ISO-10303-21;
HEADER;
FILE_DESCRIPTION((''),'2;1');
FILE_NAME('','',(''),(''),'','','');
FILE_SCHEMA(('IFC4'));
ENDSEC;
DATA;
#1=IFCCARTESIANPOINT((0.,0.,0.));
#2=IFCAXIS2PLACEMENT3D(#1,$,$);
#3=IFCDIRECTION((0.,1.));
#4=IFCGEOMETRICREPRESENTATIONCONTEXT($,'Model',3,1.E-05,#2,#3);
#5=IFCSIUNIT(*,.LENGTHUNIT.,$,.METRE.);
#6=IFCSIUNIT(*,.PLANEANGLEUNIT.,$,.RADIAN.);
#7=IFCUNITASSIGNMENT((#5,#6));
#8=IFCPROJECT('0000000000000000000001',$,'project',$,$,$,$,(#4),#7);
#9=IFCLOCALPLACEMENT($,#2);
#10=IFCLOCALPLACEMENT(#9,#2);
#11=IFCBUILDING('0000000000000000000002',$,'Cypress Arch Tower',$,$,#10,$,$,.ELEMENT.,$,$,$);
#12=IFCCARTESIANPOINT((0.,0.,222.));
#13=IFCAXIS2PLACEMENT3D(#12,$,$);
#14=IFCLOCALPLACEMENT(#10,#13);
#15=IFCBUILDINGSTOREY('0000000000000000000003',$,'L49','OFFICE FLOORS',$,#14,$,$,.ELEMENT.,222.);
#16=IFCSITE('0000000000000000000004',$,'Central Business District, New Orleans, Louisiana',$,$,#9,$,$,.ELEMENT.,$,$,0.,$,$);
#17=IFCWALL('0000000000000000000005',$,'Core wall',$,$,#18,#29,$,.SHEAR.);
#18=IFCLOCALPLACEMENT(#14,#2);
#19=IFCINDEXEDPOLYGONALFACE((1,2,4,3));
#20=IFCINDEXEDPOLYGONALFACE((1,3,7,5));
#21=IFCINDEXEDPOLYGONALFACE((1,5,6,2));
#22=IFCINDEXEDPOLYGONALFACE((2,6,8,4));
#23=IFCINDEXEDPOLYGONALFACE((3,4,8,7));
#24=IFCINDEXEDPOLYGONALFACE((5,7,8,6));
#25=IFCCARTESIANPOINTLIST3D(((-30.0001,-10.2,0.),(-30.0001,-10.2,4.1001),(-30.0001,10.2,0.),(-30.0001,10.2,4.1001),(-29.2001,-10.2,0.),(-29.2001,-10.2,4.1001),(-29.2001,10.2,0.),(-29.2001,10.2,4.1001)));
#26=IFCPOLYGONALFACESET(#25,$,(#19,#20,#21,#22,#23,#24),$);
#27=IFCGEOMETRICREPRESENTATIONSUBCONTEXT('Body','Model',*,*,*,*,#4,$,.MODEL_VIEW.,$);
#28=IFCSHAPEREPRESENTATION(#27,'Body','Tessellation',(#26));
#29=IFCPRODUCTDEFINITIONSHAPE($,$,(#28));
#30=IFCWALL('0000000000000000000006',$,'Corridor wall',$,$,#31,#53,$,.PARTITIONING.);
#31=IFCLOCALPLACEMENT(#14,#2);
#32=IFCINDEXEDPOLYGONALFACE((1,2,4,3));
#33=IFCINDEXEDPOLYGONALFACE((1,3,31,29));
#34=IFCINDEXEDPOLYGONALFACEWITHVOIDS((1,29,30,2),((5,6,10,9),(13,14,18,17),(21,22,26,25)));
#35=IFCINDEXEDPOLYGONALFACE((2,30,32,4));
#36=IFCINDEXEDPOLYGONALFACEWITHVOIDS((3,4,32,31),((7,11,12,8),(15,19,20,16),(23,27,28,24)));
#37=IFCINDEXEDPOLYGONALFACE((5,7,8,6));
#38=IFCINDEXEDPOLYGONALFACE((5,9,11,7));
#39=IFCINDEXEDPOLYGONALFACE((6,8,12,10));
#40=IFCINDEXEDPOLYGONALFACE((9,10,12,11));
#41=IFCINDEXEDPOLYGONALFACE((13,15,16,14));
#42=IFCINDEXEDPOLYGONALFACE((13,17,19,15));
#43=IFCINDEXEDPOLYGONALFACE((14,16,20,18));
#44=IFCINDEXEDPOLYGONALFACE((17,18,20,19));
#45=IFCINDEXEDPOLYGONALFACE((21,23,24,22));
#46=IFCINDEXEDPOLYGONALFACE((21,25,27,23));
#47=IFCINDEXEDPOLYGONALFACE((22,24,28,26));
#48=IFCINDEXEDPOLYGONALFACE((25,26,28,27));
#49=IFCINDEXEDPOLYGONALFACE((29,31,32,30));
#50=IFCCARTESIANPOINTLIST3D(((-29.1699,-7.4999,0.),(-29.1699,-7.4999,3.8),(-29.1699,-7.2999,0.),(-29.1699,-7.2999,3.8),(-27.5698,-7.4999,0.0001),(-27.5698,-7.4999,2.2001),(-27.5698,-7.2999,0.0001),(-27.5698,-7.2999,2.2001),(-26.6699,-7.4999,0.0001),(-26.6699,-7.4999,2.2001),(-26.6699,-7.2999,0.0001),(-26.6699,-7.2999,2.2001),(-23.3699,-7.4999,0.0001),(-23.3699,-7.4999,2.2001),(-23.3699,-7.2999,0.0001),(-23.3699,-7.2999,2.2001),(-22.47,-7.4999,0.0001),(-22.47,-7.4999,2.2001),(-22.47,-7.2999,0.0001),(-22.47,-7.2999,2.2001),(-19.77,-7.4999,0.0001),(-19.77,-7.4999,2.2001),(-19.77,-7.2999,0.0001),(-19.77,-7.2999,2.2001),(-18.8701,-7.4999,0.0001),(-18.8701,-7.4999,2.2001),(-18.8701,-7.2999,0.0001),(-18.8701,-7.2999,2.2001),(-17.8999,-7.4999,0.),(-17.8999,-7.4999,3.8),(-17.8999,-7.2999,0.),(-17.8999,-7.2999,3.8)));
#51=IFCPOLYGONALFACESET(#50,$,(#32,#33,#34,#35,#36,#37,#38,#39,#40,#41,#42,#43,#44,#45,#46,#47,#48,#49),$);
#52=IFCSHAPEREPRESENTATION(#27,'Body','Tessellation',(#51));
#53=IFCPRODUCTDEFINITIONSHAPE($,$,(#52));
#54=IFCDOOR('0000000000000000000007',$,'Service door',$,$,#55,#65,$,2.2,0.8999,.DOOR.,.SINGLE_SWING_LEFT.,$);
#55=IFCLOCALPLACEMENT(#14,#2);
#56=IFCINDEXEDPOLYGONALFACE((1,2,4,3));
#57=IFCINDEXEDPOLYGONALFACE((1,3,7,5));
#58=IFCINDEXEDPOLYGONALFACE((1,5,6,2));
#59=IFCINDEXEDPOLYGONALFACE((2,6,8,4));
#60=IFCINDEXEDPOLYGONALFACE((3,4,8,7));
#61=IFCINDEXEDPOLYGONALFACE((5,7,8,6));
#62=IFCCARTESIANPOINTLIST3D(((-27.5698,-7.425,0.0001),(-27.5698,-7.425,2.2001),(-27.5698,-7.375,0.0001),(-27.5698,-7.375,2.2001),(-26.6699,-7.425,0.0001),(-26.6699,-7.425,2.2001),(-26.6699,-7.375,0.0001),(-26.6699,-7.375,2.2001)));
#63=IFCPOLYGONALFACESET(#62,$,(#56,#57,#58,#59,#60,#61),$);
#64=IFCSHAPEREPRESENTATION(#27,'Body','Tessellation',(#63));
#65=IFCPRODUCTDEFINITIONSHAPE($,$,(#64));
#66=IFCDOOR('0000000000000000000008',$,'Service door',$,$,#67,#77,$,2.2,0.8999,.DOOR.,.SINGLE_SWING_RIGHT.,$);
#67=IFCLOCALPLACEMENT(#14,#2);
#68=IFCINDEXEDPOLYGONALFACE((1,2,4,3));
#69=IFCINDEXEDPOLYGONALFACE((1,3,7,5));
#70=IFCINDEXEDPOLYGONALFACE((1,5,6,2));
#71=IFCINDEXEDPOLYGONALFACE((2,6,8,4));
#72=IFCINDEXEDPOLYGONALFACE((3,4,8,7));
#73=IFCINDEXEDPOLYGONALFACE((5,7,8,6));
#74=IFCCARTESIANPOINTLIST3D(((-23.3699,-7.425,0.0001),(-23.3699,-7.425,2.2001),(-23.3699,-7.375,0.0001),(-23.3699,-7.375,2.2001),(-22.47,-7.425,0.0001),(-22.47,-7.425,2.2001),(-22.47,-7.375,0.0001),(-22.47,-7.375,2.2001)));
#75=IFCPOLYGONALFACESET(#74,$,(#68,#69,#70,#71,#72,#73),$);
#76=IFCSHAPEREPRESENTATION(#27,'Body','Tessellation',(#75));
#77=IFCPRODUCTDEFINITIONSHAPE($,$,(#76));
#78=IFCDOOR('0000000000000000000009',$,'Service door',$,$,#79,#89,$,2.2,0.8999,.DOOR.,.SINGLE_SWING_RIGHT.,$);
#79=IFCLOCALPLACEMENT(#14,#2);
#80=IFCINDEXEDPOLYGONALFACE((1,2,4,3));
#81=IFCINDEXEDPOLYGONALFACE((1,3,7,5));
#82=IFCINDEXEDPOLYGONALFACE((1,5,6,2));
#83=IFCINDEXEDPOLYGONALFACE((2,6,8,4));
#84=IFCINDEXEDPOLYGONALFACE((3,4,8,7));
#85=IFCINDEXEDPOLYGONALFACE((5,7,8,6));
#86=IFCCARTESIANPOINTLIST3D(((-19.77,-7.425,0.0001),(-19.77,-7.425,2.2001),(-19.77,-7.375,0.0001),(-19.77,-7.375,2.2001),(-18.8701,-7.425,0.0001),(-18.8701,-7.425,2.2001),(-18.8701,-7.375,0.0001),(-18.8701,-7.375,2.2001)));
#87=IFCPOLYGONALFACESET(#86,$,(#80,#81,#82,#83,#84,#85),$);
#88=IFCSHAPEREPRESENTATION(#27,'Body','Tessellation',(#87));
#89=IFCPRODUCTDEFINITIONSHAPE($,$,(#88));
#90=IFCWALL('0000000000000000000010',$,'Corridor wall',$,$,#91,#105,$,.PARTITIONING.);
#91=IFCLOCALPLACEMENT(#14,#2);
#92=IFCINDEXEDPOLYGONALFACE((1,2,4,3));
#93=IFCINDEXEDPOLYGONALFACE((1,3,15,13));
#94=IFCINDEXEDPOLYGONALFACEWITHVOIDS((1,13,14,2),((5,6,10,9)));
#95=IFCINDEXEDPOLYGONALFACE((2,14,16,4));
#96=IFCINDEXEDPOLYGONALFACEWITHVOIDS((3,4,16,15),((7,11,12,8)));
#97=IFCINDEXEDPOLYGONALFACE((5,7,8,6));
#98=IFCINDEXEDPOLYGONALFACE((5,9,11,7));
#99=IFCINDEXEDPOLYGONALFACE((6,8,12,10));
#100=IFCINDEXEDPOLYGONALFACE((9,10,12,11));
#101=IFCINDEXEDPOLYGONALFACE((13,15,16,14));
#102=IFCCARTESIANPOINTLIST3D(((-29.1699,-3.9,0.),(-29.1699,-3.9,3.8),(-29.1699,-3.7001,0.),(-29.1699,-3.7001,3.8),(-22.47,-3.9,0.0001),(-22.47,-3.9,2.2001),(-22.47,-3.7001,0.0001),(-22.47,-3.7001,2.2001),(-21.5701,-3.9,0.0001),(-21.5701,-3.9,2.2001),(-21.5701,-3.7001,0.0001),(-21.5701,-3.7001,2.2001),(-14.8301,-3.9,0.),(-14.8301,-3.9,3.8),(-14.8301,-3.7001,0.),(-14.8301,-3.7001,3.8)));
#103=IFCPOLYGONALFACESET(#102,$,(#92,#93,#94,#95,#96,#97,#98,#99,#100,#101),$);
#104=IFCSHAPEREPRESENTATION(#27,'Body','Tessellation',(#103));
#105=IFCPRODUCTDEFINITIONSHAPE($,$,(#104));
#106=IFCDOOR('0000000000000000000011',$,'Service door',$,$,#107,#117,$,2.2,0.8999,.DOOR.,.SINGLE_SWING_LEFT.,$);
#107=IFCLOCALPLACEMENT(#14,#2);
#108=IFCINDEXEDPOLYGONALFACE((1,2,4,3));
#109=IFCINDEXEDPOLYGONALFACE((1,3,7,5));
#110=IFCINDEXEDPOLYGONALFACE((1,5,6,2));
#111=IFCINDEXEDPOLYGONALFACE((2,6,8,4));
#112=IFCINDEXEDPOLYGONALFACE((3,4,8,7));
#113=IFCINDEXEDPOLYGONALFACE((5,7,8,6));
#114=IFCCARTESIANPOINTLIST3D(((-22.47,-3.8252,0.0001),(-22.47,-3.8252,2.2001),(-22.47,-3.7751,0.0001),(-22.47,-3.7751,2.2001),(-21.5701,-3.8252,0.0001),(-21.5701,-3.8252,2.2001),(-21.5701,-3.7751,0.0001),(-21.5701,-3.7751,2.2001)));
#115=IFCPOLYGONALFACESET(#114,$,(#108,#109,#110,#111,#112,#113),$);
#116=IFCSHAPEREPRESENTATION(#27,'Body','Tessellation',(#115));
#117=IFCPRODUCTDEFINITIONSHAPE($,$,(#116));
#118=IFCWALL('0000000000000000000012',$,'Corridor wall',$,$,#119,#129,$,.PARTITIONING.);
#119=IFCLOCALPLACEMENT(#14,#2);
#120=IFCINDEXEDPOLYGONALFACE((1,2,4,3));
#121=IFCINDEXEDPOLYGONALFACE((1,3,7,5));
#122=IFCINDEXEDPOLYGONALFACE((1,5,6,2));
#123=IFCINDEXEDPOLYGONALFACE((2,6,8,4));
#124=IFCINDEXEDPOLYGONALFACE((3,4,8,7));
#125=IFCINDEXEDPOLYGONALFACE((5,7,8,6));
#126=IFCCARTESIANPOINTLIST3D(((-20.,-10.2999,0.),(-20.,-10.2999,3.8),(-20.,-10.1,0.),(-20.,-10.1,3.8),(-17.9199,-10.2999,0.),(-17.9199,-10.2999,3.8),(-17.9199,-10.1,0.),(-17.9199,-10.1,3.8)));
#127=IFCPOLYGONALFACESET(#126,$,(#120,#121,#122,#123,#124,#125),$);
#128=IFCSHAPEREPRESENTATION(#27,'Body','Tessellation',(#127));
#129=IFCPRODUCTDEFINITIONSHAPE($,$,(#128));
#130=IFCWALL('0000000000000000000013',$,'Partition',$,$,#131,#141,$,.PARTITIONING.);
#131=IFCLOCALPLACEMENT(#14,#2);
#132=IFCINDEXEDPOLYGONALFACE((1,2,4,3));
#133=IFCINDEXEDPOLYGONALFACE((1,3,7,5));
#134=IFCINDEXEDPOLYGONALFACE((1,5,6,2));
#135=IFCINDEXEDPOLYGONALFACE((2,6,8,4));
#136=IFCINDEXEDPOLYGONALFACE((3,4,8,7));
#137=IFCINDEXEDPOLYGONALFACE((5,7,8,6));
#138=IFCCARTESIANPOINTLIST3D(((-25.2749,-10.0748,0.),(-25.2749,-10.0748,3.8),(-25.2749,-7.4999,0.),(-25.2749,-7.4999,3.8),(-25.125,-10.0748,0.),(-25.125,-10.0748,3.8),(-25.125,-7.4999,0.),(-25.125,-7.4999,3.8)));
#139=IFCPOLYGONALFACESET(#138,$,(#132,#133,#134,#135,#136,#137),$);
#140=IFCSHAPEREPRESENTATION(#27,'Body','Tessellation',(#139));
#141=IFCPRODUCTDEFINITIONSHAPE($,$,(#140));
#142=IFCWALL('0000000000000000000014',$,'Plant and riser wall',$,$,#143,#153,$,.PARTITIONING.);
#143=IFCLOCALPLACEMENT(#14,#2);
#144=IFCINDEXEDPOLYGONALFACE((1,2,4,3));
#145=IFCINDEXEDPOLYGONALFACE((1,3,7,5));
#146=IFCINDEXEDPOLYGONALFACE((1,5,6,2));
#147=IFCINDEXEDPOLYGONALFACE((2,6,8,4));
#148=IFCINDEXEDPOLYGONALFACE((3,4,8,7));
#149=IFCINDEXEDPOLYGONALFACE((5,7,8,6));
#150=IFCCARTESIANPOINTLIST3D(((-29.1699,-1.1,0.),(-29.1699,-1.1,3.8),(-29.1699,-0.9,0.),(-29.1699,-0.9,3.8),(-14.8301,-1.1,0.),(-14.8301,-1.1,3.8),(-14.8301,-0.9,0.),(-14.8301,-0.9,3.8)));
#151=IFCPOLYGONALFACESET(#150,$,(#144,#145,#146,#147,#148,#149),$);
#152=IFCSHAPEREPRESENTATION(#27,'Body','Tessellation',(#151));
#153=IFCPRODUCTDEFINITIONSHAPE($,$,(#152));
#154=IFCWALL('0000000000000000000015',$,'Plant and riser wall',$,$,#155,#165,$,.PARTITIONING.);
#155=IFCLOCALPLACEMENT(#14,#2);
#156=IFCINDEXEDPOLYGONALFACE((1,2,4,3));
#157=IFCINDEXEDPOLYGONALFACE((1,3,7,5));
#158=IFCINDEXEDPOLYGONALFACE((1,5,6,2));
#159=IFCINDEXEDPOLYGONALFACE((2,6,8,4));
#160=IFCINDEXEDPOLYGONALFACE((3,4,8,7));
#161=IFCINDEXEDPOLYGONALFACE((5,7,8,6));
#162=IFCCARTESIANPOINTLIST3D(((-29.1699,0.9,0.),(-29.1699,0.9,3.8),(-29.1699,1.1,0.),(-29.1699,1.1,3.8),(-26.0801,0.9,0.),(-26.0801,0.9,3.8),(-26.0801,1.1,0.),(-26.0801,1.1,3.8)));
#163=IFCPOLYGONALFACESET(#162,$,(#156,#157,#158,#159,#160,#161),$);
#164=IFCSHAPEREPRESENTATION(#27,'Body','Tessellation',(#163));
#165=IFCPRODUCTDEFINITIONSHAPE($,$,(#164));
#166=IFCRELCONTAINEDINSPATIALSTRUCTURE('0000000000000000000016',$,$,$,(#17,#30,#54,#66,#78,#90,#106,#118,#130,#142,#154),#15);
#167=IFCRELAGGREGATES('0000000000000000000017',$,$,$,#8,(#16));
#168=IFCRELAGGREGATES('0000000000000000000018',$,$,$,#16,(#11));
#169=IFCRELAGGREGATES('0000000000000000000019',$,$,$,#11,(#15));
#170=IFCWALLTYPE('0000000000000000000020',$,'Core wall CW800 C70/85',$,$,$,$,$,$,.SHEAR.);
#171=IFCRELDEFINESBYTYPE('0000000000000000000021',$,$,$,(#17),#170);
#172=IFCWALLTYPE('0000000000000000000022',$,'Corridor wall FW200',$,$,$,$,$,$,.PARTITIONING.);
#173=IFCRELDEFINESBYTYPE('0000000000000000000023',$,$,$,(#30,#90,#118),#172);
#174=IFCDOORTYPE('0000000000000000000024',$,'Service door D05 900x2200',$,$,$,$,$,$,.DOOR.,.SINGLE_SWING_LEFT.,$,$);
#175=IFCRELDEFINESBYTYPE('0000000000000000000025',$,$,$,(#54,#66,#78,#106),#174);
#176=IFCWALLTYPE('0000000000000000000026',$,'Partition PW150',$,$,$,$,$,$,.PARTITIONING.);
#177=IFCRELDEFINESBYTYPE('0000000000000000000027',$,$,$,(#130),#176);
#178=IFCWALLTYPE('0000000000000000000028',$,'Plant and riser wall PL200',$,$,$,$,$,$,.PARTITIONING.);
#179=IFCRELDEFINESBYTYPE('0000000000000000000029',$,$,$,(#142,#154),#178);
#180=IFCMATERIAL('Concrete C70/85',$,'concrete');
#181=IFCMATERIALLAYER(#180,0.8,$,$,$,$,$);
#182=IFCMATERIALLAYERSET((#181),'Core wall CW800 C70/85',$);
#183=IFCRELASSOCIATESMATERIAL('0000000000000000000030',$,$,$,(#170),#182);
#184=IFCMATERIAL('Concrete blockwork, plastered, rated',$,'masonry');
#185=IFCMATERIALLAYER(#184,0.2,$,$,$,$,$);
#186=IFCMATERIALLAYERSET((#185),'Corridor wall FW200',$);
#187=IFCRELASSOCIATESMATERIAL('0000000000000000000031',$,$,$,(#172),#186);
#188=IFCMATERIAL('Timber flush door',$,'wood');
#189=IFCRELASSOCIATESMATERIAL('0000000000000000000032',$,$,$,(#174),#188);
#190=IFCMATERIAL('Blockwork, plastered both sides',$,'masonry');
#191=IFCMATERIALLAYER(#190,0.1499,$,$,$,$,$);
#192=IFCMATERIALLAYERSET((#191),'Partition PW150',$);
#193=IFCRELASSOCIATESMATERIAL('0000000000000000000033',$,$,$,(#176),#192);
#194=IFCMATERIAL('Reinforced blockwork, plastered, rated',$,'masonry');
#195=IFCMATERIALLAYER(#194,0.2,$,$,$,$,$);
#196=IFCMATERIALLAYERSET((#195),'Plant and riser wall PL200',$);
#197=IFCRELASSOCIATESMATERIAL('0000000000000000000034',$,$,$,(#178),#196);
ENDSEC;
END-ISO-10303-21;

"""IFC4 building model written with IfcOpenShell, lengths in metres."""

from ifc_helpers import new_model, si_unit, direction, frame, frame_2d, origin, place, context, subcontext, project, spatial, rectangle, extrude, material, layer, layer_set, type_object, element, fill, save


model = new_model("IFC4")

# Units and contexts
model_context = context("Model", 3, precision=1e-05, world=origin(), true_north=direction((0.0, 1.0)))
body_context = subcontext(model_context, "Body", "Model", "MODEL_VIEW")
ifc_project = project(units=[si_unit("LENGTHUNIT", "METRE"), si_unit("PLANEANGLEUNIT", "RADIAN")], contexts=[model_context])

# Site, building, storey
site_placement = place(None, origin())
site = spatial("IfcSite", under=ifc_project, at=site_placement, Name="Central Business District, New Orleans, Louisiana", CompositionType="ELEMENT", RefElevation=0.0)
building_placement = place(site_placement, origin())
building = spatial("IfcBuilding", under=site, at=building_placement, Name="Cypress Arch Tower", CompositionType="ELEMENT")
storey_placement = place(building_placement, frame((0.0, 0.0, 222.0)))
storey = spatial("IfcBuildingStorey", under=building, at=storey_placement, Name="L49", Description="OFFICE FLOORS", CompositionType="ELEMENT", Elevation=222.0)

# Wall
ifc_material_1 = material(Name="Concrete C70/85", Category="concrete")
ifc_layer_1 = layer(ifc_material_1, 0.8)
ifc_layer_set_1 = layer_set([ifc_layer_1], Name="Core wall CW800 C70/85")
wall_type_1 = type_object("IfcWallType", Name="Core wall CW800 C70/85", PredefinedType="SHEAR", material=ifc_layer_set_1)
wall_1_placement = place(storey_placement, frame((-29.6001, -10.2, 0.0), z_axis=(0.0, 0.0, 1.0), x_axis=(0.0, 1.0, 0.0)))
element("IfcWall", 1, at=wall_1_placement, inside=storey, type_object=wall_type_1, Name="Core wall", PredefinedType="SHEAR", context=body_context, shape_type="SweptSolid", body=[
    extrude(rectangle(XDim=20.3999, YDim=0.8, at=frame_2d((10.2, 0.0))), origin(), (0.0, 0.0, 1.0), 4.1001),
])

# Wall, openings, doors
ifc_material_2 = material(Name="Concrete blockwork, plastered, rated", Category="masonry")
ifc_layer_2 = layer(ifc_material_2, 0.2)
ifc_layer_set_2 = layer_set([ifc_layer_2], Name="Corridor wall FW200")
wall_type_2 = type_object("IfcWallType", Name="Corridor wall FW200", PredefinedType="PARTITIONING", material=ifc_layer_set_2)
wall_2_placement = place(storey_placement, frame((-29.1699, -7.3999, 0.0), z_axis=(0.0, 0.0, 1.0), x_axis=(1.0, 0.0, 0.0)))
wall_2 = element("IfcWall", 2, at=wall_2_placement, inside=storey, type_object=wall_type_2, Name="Corridor wall", PredefinedType="PARTITIONING", context=body_context, shape_type="SweptSolid", body=[
    extrude(rectangle(XDim=11.27, YDim=0.2, at=frame_2d((5.635, 0.0))), origin(), (0.0, 0.0, 1.0), 3.8),
])
opening_1_placement = place(wall_2_placement, frame((1.6001, 0.0, 0.0)))
opening_1 = element("IfcOpeningElement", 3, at=opening_1_placement, cuts=wall_2, PredefinedType="OPENING", context=body_context, shape_type="SweptSolid", body=[
    extrude(rectangle(XDim=0.8999, YDim=2.2, at=frame_2d((0.45, 1.1001))), frame((0.0, 0.1099, 0.0), z_axis=(0.0, -1.0, 0.0), x_axis=(1.0, 0.0, 0.0)), (0.0, 0.0, 1.0), 0.22),
])
opening_2_placement = place(wall_2_placement, frame((5.8, 0.0, 0.0)))
opening_2 = element("IfcOpeningElement", 4, at=opening_2_placement, cuts=wall_2, PredefinedType="OPENING", context=body_context, shape_type="SweptSolid", body=[
    extrude(rectangle(XDim=0.8999, YDim=2.2, at=frame_2d((0.45, 1.1001))), frame((0.0, 0.1099, 0.0), z_axis=(0.0, -1.0, 0.0), x_axis=(1.0, 0.0, 0.0)), (0.0, 0.0, 1.0), 0.22),
])
opening_3_placement = place(wall_2_placement, frame((9.3999, 0.0, 0.0)))
opening_3 = element("IfcOpeningElement", 5, at=opening_3_placement, cuts=wall_2, PredefinedType="OPENING", context=body_context, shape_type="SweptSolid", body=[
    extrude(rectangle(XDim=0.8999, YDim=2.2, at=frame_2d((0.45, 1.1001))), frame((0.0, 0.1099, 0.0), z_axis=(0.0, -1.0, 0.0), x_axis=(1.0, 0.0, 0.0)), (0.0, 0.0, 1.0), 0.22),
])
ifc_material_3 = material(Name="Timber flush door", Category="wood")
door_type_1 = type_object("IfcDoorType", Name="Service door D05 900x2200", OperationType="SINGLE_SWING_LEFT", PredefinedType="DOOR", material=ifc_material_3)
door_1_placement = place(opening_1_placement, origin())
door_1 = element("IfcDoor", 6, at=door_1_placement, inside=storey, type_object=door_type_1, Name="Service door", OperationType="SINGLE_SWING_LEFT", OverallHeight=2.2, OverallWidth=0.8999, PredefinedType="DOOR", context=body_context, shape_type="SweptSolid", body=[
    extrude(rectangle(XDim=0.8999, YDim=2.2, at=frame_2d((0.45, 1.1001))), frame((0.0, 0.0249, 0.0), z_axis=(0.0, -1.0, 0.0), x_axis=(1.0, 0.0, 0.0)), (0.0, 0.0, 1.0), 0.05),
])
fill(opening_1, door_1)
door_2_placement = place(opening_2_placement, origin())
door_2 = element("IfcDoor", 7, at=door_2_placement, inside=storey, type_object=door_type_1, Name="Service door", OperationType="SINGLE_SWING_RIGHT", OverallHeight=2.2, OverallWidth=0.8999, PredefinedType="DOOR", context=body_context, shape_type="SweptSolid", body=[
    extrude(rectangle(XDim=0.8999, YDim=2.2, at=frame_2d((0.45, 1.1001))), frame((0.0, 0.0249, 0.0), z_axis=(0.0, -1.0, 0.0), x_axis=(1.0, 0.0, 0.0)), (0.0, 0.0, 1.0), 0.05),
])
fill(opening_2, door_2)
door_3_placement = place(opening_3_placement, origin())
door_3 = element("IfcDoor", 8, at=door_3_placement, inside=storey, type_object=door_type_1, Name="Service door", OperationType="SINGLE_SWING_RIGHT", OverallHeight=2.2, OverallWidth=0.8999, PredefinedType="DOOR", context=body_context, shape_type="SweptSolid", body=[
    extrude(rectangle(XDim=0.8999, YDim=2.2, at=frame_2d((0.45, 1.1001))), frame((0.0, 0.0249, 0.0), z_axis=(0.0, -1.0, 0.0), x_axis=(1.0, 0.0, 0.0)), (0.0, 0.0, 1.0), 0.05),
])
fill(opening_3, door_3)

# Wall, opening, door
wall_3_placement = place(storey_placement, frame((-29.1699, -3.8, 0.0), z_axis=(0.0, 0.0, 1.0), x_axis=(1.0, 0.0, 0.0)))
wall_3 = element("IfcWall", 9, at=wall_3_placement, inside=storey, type_object=wall_type_2, Name="Corridor wall", PredefinedType="PARTITIONING", context=body_context, shape_type="SweptSolid", body=[
    extrude(rectangle(XDim=14.3398, YDim=0.2, at=frame_2d((7.1699, 0.0))), origin(), (0.0, 0.0, 1.0), 3.8),
])
opening_4_placement = place(wall_3_placement, frame((6.7, 0.0, 0.0)))
opening_4 = element("IfcOpeningElement", 10, at=opening_4_placement, cuts=wall_3, PredefinedType="OPENING", context=body_context, shape_type="SweptSolid", body=[
    extrude(rectangle(XDim=0.8999, YDim=2.2, at=frame_2d((0.45, 1.1001))), frame((0.0, 0.1099, 0.0), z_axis=(0.0, -1.0, 0.0), x_axis=(1.0, 0.0, 0.0)), (0.0, 0.0, 1.0), 0.22),
])
door_4_placement = place(opening_4_placement, origin())
door_4 = element("IfcDoor", 11, at=door_4_placement, inside=storey, type_object=door_type_1, Name="Service door", OperationType="SINGLE_SWING_LEFT", OverallHeight=2.2, OverallWidth=0.8999, PredefinedType="DOOR", context=body_context, shape_type="SweptSolid", body=[
    extrude(rectangle(XDim=0.8999, YDim=2.2, at=frame_2d((0.45, 1.1001))), frame((0.0, 0.0249, 0.0), z_axis=(0.0, -1.0, 0.0), x_axis=(1.0, 0.0, 0.0)), (0.0, 0.0, 1.0), 0.05),
])
fill(opening_4, door_4)

# Walls
wall_4_placement = place(storey_placement, frame((-20.0, -10.2, 0.0), z_axis=(0.0, 0.0, 1.0), x_axis=(1.0, 0.0, 0.0)))
element("IfcWall", 12, at=wall_4_placement, inside=storey, type_object=wall_type_2, Name="Corridor wall", PredefinedType="PARTITIONING", context=body_context, shape_type="SweptSolid", body=[
    extrude(rectangle(XDim=2.0801, YDim=0.2, at=frame_2d((1.04, 0.0))), origin(), (0.0, 0.0, 1.0), 3.8),
])
ifc_material_4 = material(Name="Blockwork, plastered both sides", Category="masonry")
ifc_layer_3 = layer(ifc_material_4, 0.1499)
ifc_layer_set_3 = layer_set([ifc_layer_3], Name="Partition PW150")
wall_type_3 = type_object("IfcWallType", Name="Partition PW150", PredefinedType="PARTITIONING", material=ifc_layer_set_3)
wall_5_placement = place(storey_placement, frame((-25.2, -10.075, 0.0), z_axis=(0.0, 0.0, 1.0), x_axis=(0.0, 1.0, 0.0)))
element("IfcWall", 13, at=wall_5_placement, inside=storey, type_object=wall_type_3, Name="Partition", PredefinedType="PARTITIONING", context=body_context, shape_type="SweptSolid", body=[
    extrude(rectangle(XDim=2.575, YDim=0.1499, at=frame_2d((1.2876, 0.0))), origin(), (0.0, 0.0, 1.0), 3.8),
])
ifc_material_5 = material(Name="Reinforced blockwork, plastered, rated", Category="masonry")
ifc_layer_4 = layer(ifc_material_5, 0.2)
ifc_layer_set_4 = layer_set([ifc_layer_4], Name="Plant and riser wall PL200")
wall_type_4 = type_object("IfcWallType", Name="Plant and riser wall PL200", PredefinedType="PARTITIONING", material=ifc_layer_set_4)
wall_6_placement = place(storey_placement, frame((-29.1699, -1.0, 0.0), z_axis=(0.0, 0.0, 1.0), x_axis=(1.0, 0.0, 0.0)))
element("IfcWall", 14, at=wall_6_placement, inside=storey, type_object=wall_type_4, Name="Plant and riser wall", PredefinedType="PARTITIONING", context=body_context, shape_type="SweptSolid", body=[
    extrude(rectangle(XDim=14.3398, YDim=0.2, at=frame_2d((7.1699, 0.0))), origin(), (0.0, 0.0, 1.0), 3.8),
])
wall_7_placement = place(storey_placement, frame((-29.1699, 1.0, 0.0), z_axis=(0.0, 0.0, 1.0), x_axis=(1.0, 0.0, 0.0)))
element("IfcWall", 15, at=wall_7_placement, inside=storey, type_object=wall_type_4, Name="Plant and riser wall", PredefinedType="PARTITIONING", context=body_context, shape_type="SweptSolid", body=[
    extrude(rectangle(XDim=3.0898, YDim=0.2, at=frame_2d((1.5449, 0.0))), origin(), (0.0, 0.0, 1.0), 3.8),
])

save(model, "model.ifc")
